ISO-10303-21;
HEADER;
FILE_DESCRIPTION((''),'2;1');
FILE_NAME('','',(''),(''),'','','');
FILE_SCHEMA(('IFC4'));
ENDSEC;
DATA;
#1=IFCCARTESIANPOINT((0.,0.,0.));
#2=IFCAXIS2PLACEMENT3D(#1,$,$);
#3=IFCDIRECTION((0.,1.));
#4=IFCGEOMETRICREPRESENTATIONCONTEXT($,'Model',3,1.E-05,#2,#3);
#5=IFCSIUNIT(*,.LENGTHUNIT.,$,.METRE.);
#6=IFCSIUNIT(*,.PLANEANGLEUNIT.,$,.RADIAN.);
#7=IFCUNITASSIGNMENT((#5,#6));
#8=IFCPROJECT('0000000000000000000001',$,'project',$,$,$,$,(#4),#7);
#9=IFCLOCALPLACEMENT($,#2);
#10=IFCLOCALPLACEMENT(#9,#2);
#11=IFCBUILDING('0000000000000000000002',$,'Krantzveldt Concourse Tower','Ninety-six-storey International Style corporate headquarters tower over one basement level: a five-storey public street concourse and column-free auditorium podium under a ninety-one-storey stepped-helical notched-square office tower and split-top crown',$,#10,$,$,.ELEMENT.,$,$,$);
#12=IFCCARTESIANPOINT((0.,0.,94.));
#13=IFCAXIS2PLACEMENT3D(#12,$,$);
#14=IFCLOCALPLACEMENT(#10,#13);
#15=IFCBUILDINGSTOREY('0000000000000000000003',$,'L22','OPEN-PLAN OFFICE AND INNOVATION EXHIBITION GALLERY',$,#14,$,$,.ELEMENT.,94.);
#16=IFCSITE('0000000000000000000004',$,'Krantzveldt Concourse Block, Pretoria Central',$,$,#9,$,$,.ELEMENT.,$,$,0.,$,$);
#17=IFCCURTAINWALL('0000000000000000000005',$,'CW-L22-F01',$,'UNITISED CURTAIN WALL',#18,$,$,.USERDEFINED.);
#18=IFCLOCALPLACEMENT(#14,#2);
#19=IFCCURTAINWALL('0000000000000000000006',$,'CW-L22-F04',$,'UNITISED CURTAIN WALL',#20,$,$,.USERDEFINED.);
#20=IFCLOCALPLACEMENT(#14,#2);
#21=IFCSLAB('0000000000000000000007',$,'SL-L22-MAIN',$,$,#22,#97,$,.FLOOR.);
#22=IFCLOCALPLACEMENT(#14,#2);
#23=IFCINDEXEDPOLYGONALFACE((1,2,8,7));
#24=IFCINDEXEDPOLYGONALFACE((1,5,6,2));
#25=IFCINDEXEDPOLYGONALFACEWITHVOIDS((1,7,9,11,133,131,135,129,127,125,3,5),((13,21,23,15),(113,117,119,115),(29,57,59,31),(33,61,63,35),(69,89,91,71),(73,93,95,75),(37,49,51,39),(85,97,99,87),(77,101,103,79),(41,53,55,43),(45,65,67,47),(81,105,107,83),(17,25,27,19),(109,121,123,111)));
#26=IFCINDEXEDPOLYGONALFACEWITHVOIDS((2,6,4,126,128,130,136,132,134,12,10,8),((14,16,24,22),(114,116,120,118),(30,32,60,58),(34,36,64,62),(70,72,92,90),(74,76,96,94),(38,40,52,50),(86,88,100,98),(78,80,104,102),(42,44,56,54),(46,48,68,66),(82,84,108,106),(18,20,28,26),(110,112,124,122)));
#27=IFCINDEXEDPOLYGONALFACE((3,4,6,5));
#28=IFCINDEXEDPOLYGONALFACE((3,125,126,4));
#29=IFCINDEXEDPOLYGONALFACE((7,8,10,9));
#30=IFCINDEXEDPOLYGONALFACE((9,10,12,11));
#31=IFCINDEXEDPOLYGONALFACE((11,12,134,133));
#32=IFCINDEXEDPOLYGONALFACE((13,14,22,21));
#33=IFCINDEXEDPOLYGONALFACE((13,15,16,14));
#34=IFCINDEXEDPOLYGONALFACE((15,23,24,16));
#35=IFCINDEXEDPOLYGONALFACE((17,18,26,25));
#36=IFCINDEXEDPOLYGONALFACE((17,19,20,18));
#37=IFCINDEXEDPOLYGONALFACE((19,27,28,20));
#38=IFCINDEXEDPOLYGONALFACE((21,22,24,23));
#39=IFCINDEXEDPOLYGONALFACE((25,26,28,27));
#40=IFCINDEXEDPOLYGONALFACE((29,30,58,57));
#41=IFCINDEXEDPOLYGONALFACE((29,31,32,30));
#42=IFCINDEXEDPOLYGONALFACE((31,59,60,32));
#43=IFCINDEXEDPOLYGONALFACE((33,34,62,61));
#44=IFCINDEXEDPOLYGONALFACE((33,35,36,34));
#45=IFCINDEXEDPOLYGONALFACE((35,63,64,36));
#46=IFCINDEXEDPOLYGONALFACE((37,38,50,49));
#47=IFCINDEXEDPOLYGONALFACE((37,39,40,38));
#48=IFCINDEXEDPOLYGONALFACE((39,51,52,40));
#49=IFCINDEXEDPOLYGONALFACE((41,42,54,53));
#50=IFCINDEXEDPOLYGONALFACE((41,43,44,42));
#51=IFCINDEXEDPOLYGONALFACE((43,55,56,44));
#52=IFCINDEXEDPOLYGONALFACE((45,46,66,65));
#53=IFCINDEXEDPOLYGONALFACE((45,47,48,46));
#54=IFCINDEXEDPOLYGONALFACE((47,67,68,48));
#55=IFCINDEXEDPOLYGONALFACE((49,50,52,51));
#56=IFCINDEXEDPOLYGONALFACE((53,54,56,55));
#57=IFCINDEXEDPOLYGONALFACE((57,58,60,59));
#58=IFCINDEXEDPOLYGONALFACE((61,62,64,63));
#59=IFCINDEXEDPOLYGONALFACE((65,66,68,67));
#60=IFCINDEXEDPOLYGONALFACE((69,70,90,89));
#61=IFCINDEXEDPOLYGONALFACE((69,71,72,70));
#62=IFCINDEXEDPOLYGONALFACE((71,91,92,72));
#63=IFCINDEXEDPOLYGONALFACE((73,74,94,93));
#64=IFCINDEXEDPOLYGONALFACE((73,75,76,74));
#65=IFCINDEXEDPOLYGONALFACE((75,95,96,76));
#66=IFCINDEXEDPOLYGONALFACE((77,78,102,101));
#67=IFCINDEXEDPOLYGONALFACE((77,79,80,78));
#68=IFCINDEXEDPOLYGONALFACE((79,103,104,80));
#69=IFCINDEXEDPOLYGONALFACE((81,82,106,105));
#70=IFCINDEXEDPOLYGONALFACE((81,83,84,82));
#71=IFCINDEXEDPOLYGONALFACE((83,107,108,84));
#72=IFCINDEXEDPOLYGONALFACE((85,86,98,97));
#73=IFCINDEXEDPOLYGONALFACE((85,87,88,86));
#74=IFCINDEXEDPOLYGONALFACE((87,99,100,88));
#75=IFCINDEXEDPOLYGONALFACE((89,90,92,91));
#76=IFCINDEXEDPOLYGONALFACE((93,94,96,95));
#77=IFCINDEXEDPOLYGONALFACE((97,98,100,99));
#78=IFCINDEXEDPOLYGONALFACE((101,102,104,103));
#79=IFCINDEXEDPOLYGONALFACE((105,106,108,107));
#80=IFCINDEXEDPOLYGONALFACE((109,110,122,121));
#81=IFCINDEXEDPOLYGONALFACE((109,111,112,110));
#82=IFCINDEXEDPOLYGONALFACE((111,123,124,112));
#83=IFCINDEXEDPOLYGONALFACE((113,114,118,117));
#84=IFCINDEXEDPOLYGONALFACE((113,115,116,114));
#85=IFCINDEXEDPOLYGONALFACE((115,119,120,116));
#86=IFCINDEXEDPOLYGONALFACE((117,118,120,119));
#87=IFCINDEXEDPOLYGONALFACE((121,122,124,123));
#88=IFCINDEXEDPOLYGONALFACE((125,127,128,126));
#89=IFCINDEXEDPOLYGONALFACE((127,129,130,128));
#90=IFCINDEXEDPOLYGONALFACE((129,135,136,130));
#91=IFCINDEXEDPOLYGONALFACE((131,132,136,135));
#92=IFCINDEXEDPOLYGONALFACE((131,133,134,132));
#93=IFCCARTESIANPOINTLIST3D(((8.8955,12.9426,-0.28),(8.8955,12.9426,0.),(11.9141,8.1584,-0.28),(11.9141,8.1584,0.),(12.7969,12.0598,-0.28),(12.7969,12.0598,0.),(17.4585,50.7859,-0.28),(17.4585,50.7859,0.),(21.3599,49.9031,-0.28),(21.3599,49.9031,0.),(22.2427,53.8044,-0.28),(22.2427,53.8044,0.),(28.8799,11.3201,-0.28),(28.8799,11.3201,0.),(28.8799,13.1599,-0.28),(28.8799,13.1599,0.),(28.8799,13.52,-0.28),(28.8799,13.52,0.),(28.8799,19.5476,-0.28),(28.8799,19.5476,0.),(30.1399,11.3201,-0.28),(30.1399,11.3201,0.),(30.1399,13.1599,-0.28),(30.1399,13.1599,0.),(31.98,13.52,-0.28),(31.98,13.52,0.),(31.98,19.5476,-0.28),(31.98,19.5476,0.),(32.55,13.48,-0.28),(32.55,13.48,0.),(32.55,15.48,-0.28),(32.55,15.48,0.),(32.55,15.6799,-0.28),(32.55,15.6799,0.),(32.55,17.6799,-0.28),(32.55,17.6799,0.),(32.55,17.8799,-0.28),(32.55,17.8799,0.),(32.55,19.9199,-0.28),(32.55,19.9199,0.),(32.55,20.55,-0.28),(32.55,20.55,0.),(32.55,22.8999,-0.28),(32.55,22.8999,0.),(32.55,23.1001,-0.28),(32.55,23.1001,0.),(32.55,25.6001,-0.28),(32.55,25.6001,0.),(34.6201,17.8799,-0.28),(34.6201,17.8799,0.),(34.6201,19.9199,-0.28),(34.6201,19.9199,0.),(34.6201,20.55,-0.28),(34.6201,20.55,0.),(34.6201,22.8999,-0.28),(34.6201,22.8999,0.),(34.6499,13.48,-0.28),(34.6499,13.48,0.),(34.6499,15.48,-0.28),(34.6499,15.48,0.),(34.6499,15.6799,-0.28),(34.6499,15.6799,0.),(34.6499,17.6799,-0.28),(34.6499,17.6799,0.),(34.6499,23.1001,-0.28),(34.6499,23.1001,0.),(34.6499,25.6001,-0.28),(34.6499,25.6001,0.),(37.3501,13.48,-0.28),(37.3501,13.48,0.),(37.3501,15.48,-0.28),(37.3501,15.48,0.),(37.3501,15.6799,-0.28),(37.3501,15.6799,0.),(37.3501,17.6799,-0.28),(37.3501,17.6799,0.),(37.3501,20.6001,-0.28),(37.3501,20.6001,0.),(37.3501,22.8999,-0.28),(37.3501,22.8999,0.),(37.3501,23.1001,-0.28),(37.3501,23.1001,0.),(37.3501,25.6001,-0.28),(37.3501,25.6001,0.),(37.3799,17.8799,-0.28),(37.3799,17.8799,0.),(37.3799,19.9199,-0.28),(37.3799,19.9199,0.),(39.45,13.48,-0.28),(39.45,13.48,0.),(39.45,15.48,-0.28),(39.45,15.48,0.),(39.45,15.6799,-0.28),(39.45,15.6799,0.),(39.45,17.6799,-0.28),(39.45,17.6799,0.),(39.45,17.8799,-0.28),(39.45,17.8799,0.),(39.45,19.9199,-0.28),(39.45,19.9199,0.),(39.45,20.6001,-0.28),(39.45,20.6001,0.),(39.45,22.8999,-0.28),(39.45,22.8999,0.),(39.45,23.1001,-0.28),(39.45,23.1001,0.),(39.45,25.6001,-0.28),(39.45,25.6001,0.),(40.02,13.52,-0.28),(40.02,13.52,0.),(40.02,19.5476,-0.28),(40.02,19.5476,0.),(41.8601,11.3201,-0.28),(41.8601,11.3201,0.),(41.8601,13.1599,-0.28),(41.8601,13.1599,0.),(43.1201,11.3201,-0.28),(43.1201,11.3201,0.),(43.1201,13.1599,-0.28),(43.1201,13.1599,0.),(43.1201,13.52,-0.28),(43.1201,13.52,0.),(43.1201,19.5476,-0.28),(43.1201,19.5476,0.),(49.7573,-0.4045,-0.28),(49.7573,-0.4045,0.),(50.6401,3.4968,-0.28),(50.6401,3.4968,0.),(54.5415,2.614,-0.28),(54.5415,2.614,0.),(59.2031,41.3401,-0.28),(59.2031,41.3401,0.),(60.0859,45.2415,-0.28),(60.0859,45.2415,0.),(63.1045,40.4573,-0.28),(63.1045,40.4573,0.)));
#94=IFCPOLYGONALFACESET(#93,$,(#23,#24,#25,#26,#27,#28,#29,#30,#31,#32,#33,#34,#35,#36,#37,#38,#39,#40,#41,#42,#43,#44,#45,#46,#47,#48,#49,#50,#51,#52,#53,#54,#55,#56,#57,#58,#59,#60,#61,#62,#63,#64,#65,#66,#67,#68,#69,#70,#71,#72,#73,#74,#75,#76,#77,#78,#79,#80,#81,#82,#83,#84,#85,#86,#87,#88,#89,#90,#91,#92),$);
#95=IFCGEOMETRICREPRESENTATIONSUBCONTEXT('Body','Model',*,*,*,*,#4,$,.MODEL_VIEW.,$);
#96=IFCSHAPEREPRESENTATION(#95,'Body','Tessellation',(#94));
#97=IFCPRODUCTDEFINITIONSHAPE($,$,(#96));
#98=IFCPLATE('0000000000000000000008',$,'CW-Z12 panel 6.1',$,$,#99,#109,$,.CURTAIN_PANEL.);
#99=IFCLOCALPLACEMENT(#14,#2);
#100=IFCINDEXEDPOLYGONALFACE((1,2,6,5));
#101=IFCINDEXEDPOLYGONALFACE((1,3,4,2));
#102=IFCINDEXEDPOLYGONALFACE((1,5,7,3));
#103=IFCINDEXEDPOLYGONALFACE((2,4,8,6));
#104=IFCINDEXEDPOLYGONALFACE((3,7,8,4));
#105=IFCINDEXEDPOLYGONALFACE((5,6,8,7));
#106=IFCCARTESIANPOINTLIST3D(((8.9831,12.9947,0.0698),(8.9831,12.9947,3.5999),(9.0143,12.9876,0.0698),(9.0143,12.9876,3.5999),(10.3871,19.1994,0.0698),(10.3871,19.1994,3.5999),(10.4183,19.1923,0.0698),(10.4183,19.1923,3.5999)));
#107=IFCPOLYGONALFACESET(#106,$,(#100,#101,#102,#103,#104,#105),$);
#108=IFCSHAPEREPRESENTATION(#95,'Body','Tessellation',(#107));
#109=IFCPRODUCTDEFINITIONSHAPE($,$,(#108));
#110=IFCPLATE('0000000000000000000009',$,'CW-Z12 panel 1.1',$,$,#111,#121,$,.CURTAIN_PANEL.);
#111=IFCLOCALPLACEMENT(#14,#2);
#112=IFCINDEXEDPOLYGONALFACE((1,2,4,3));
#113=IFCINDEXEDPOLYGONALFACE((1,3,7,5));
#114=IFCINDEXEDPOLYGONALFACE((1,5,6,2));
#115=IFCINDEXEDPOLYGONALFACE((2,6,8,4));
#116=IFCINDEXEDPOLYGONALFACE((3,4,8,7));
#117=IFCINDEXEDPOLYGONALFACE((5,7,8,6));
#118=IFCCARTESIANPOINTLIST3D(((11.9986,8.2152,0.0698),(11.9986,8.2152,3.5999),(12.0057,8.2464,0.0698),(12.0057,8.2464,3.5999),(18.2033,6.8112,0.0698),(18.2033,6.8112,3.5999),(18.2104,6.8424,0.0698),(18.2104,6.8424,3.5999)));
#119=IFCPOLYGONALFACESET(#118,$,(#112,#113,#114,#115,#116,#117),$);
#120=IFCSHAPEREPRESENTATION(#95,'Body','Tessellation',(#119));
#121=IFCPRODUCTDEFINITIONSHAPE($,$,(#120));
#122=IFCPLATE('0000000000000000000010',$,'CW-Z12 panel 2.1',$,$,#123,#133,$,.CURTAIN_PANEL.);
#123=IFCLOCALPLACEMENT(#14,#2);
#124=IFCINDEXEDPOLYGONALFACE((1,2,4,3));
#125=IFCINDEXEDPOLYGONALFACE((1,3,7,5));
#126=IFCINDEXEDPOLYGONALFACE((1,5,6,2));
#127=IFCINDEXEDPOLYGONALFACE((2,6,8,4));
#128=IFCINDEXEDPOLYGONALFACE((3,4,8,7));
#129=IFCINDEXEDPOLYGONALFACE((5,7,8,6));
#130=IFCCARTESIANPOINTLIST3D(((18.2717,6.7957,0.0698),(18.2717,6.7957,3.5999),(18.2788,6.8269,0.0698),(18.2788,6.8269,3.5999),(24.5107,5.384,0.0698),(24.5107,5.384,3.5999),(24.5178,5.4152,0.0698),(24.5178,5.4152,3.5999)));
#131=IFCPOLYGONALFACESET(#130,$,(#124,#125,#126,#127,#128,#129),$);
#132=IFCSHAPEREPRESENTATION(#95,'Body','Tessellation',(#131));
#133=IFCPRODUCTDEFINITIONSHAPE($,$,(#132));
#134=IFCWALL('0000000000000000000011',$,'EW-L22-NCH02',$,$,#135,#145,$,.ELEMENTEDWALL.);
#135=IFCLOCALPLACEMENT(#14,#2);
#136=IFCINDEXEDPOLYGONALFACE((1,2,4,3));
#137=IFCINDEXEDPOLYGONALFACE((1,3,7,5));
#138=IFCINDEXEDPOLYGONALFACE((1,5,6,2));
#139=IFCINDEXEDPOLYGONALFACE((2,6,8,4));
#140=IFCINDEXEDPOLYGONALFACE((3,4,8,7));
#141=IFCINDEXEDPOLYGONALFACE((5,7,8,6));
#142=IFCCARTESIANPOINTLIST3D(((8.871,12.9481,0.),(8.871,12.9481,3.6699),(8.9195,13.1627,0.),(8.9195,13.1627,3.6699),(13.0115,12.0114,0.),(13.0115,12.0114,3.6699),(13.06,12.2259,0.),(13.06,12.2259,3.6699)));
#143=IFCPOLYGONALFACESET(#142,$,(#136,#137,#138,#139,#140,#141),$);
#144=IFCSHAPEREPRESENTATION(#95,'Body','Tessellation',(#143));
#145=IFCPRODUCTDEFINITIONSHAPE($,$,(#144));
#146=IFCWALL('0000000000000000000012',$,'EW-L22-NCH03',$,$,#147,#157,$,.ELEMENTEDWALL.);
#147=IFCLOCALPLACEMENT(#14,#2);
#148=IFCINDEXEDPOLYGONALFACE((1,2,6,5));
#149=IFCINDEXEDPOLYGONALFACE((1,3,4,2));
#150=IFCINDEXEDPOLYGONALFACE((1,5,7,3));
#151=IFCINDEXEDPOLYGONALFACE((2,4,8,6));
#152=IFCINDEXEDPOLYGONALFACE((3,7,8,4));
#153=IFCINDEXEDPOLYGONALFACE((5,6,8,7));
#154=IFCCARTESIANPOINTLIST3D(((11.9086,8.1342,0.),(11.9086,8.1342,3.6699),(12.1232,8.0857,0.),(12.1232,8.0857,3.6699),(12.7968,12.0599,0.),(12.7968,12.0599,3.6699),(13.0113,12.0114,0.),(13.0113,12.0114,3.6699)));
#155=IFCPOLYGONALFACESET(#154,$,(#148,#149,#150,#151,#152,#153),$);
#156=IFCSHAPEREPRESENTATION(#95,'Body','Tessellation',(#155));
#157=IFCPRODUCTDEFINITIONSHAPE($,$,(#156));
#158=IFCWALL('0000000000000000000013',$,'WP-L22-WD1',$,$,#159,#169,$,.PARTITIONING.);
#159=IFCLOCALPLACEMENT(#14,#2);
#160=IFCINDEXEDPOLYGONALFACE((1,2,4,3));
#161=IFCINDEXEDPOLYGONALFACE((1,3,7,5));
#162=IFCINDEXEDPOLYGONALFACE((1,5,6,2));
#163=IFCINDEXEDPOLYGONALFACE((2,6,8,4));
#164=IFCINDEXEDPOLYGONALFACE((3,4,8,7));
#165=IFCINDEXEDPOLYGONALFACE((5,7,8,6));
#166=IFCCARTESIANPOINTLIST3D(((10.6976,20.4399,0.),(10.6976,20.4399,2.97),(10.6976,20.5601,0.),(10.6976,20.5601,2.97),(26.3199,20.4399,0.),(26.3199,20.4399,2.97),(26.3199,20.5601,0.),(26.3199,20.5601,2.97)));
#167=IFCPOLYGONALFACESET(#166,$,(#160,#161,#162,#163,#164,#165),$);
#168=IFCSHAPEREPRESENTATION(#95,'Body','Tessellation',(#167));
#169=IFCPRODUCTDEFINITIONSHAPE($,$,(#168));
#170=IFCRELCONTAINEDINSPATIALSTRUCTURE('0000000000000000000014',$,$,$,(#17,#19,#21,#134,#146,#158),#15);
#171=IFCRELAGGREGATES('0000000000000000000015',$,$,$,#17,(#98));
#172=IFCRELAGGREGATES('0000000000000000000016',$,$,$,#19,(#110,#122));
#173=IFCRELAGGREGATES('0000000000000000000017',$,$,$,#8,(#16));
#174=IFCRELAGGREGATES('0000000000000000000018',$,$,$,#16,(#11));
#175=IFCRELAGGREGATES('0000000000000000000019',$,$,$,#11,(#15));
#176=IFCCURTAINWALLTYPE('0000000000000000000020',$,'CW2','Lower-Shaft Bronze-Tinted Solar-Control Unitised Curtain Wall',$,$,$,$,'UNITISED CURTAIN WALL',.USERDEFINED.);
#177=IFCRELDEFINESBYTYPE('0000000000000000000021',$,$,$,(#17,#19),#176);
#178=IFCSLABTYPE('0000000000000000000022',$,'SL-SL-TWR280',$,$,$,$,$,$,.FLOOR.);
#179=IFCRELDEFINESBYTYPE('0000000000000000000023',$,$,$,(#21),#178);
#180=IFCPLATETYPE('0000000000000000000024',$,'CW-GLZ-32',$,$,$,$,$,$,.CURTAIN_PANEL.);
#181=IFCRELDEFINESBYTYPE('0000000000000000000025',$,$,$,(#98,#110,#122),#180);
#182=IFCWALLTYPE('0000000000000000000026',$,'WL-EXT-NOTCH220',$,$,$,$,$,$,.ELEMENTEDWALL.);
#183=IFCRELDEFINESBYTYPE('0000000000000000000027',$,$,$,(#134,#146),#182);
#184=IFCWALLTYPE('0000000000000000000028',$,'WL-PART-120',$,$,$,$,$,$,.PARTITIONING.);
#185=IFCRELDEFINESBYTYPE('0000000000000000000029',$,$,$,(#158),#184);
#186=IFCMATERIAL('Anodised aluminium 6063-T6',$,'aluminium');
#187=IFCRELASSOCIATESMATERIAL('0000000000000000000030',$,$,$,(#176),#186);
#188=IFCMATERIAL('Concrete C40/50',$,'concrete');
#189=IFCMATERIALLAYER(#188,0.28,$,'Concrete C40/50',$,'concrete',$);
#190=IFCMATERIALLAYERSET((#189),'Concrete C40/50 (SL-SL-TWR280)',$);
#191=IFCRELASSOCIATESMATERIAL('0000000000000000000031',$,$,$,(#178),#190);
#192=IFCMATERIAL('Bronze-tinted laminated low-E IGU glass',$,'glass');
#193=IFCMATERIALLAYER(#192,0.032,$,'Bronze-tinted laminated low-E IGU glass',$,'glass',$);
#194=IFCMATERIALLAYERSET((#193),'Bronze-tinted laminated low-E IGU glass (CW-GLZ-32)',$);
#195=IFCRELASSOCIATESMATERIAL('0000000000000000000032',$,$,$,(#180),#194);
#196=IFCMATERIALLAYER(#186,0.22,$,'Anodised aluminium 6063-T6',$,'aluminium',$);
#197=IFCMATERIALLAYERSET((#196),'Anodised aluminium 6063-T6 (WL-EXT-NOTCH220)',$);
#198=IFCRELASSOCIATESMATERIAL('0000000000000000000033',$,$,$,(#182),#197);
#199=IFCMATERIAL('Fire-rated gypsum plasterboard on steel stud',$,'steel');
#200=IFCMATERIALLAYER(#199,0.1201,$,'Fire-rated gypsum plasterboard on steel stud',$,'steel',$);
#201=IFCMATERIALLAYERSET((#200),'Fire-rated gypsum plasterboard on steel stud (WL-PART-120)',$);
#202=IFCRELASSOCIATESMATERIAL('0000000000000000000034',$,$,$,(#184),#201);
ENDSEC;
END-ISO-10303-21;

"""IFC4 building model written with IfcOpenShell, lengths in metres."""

from ifc_helpers import new_model, si_unit, direction, frame, frame_2d, origin, origin_2d, place, context, subcontext, project, spatial, polyline, rectangle, outline, extrude, source, transform, mapped, material, layer, layer_set, type_object, type_shapes, element, aggregate, save


model = new_model("IFC4")

# Units and contexts
model_context = context("Model", 3, precision=1e-05, world=origin(), true_north=direction((0.0, 1.0)))
body_context = subcontext(model_context, "Body", "Model", "MODEL_VIEW")
ifc_project = project(units=[si_unit("LENGTHUNIT", "METRE"), si_unit("PLANEANGLEUNIT", "RADIAN")], contexts=[model_context])

# Site, building, storey
site_placement = place(None, origin())
site = spatial("IfcSite", under=ifc_project, at=site_placement, Name="Krantzveldt Concourse Block, Pretoria Central", CompositionType="ELEMENT", RefElevation=0.0)
building_placement = place(site_placement, origin())
building = spatial("IfcBuilding", under=site, at=building_placement, Name="Krantzveldt Concourse Tower", Description="Ninety-six-storey International Style corporate headquarters tower over one basement level: a five-storey public street concourse and column-free auditorium podium under a ninety-one-storey stepped-helical notched-square office tower and split-top crown", CompositionType="ELEMENT")
storey_placement = place(building_placement, frame((0.0, 0.0, 94.0)))
storey = spatial("IfcBuildingStorey", under=building, at=storey_placement, Name="L22", Description="OPEN-PLAN OFFICE AND INNOVATION EXHIBITION GALLERY", CompositionType="ELEMENT", Elevation=94.0)

# Curtain walls
ifc_material_1 = material(Name="Anodised aluminium 6063-T6", Category="aluminium")
curtain_wall_type = type_object("IfcCurtainWallType", Name="CW2", Description="Lower-Shaft Bronze-Tinted Solar-Control Unitised Curtain Wall", ElementType="UNITISED CURTAIN WALL", PredefinedType="USERDEFINED", material=ifc_material_1)
curtain_wall_1_placement = place(storey_placement, origin())
curtain_wall_1 = element("IfcCurtainWall", 1, at=curtain_wall_1_placement, inside=storey, type_object=curtain_wall_type, Name="CW-L22-F01", ObjectType="UNITISED CURTAIN WALL", PredefinedType="USERDEFINED")
curtain_wall_2_placement = place(storey_placement, origin())
curtain_wall_2 = element("IfcCurtainWall", 2, at=curtain_wall_2_placement, inside=storey, type_object=curtain_wall_type, Name="CW-L22-F04", ObjectType="UNITISED CURTAIN WALL", PredefinedType="USERDEFINED")

# Slab
ifc_material_2 = material(Name="Concrete C40/50", Category="concrete")
ifc_layer_1 = layer(ifc_material_2, 0.28, Name="Concrete C40/50", Category="concrete")
ifc_layer_set_1 = layer_set([ifc_layer_1], Name="Concrete C40/50 (SL-SL-TWR280)")
slab_type_1 = type_object("IfcSlabType", Name="SL-SL-TWR280", PredefinedType="FLOOR", material=ifc_layer_set_1)
slab_1_placement = place(storey_placement, frame((0.0, 0.0, -0.28)))
element("IfcSlab", 3, at=slab_1_placement, inside=storey, type_object=slab_type_1, Name="SL-L22-MAIN", PredefinedType="FLOOR", context=body_context, shape_type="SweptSolid", body=[
    extrude(outline(polyline([(21.3599, 49.9031), (17.4585, 50.7859), (8.8955, 12.9426), (12.7969, 12.0598), (11.9141, 8.1584), (49.7573, -0.4045), (50.6401, 3.4968), (54.5415, 2.614), (63.1045, 40.4573), (59.2031, 41.3401), (60.0859, 45.2415), (22.2427, 53.8044), (21.3599, 49.9031)]), holes=[polyline([(28.8799, 19.5476), (28.8799, 13.52), (31.98, 13.52), (31.98, 19.5476), (28.8799, 19.5476)]), polyline([(40.02, 19.5476), (40.02, 13.52), (43.1201, 13.52), (43.1201, 19.5476), (40.02, 19.5476)]), polyline([(32.55, 23.1001), (34.6499, 23.1001), (34.6499, 25.6001), (32.55, 25.6001), (32.55, 23.1001)]), polyline([(37.3501, 23.1001), (39.45, 23.1001), (39.45, 25.6001), (37.3501, 25.6001), (37.3501, 23.1001)]), polyline([(37.3501, 20.6001), (39.45, 20.6001), (39.45, 22.8999), (37.3501, 22.8999), (37.3501, 20.6001)]), polyline([(32.55, 13.48), (34.6499, 13.48), (34.6499, 15.48), (32.55, 15.48), (32.55, 13.48)]), polyline([(32.55, 15.6799), (34.6499, 15.6799), (34.6499, 17.6799), (32.55, 17.6799), (32.55, 15.6799)]), polyline([(37.3501, 13.48), (39.45, 13.48), (39.45, 15.48), (37.3501, 15.48), (37.3501, 13.48)]), polyline([(37.3501, 15.6799), (39.45, 15.6799), (39.45, 17.6799), (37.3501, 17.6799), (37.3501, 15.6799)]), polyline([(32.55, 20.55), (34.6201, 20.55), (34.6201, 22.8999), (32.55, 22.8999), (32.55, 20.55)]), polyline([(32.55, 17.8799), (34.6201, 17.8799), (34.6201, 19.9199), (32.55, 19.9199), (32.55, 17.8799)]), polyline([(37.3799, 17.8799), (39.45, 17.8799), (39.45, 19.9199), (37.3799, 19.9199), (37.3799, 17.8799)]), polyline([(28.8799, 11.3201), (30.1399, 11.3201), (30.1399, 13.1599), (28.8799, 13.1599), (28.8799, 11.3201)]), polyline([(41.8601, 11.3201), (43.1201, 11.3201), (43.1201, 13.1599), (41.8601, 13.1599), (41.8601, 11.3201)])]), origin(), (0.0, 0.0, 1.0), 0.28),
])

# Plates
ifc_material_3 = material(Name="Bronze-tinted laminated low-E IGU glass", Category="glass")
ifc_layer_2 = layer(ifc_material_3, 0.032, Name="Bronze-tinted laminated low-E IGU glass", Category="glass")
ifc_layer_set_2 = layer_set([ifc_layer_2], Name="Bronze-tinted laminated low-E IGU glass (CW-GLZ-32)")
plate_type = type_object("IfcPlateType", Name="CW-GLZ-32", PredefinedType="CURTAIN_PANEL", material=ifc_layer_set_2)
shared_shape_1 = source(origin(), body_context, "Body", "SweptSolid", [
    extrude(rectangle(XDim=6.3616, YDim=0.032, at=origin_2d()), origin(), (0.0, 0.0, 1.0), 3.53),
])
plate_1_placement = place(storey_placement, frame((9.7007, 16.0935, 0.0698), z_axis=(0.0, 0.0, 1.0), x_axis=(-0.220697, -0.975342, 0.0)))
plate_1 = element("IfcPlate", 4, at=plate_1_placement, type_object=plate_type, Name="CW-Z12 panel 6.1", PredefinedType="CURTAIN_PANEL", context=body_context, shape_type="MappedRepresentation", body=[
    mapped(shared_shape_1, transform((0.0, 0.0, 0.0), x_axis=(1.0, 0.0, 0.0), y_axis=(0.0, 1.0, 0.0), z_axis=(0.0, 0.0, 1.0), scale=1.0)),
])
aggregate(curtain_wall_1, [plate_1])
plate_2_placement = place(storey_placement, frame((15.1045, 7.5288, 0.0698), z_axis=(0.0, 0.0, 1.0), x_axis=(0.975342, -0.220697, 0.0)))
plate_2 = element("IfcPlate", 5, at=plate_2_placement, type_object=plate_type, Name="CW-Z12 panel 1.1", PredefinedType="CURTAIN_PANEL", context=body_context, shape_type="MappedRepresentation", body=[
    mapped(shared_shape_1, transform((0.0, 0.0, 0.0), x_axis=(1.0, 0.0, 0.0), y_axis=(0.0, 1.0, 0.0), z_axis=(0.0, 0.0, 1.0), scale=1.0)),
])
shared_shape_2 = source(origin(), body_context, "Body", "SweptSolid", [
    extrude(rectangle(XDim=6.3967, YDim=0.032, at=origin_2d()), origin(), (0.0, 0.0, 1.0), 3.53),
])
type_shapes(plate_type, [shared_shape_1, shared_shape_2])
plate_3_placement = place(storey_placement, frame((21.3948, 6.1055, 0.0698), z_axis=(0.0, 0.0, 1.0), x_axis=(0.975342, -0.220697, 0.0)))
plate_3 = element("IfcPlate", 6, at=plate_3_placement, type_object=plate_type, Name="CW-Z12 panel 2.1", PredefinedType="CURTAIN_PANEL", context=body_context, shape_type="MappedRepresentation", body=[
    mapped(shared_shape_2, transform((0.0, 0.0, 0.0), x_axis=(1.0, 0.0, 0.0), y_axis=(0.0, 1.0, 0.0), z_axis=(0.0, 0.0, 1.0), scale=1.0)),
])
aggregate(curtain_wall_2, [plate_2, plate_3])

# Walls
ifc_layer_3 = layer(ifc_material_1, 0.22, Name="Anodised aluminium 6063-T6", Category="aluminium")
ifc_layer_set_3 = layer_set([ifc_layer_3], Name="Anodised aluminium 6063-T6 (WL-EXT-NOTCH220)")
wall_type_1 = type_object("IfcWallType", Name="WL-EXT-NOTCH220", PredefinedType="ELEMENTEDWALL", material=ifc_layer_set_3)
wall_1_placement = place(storey_placement, frame((8.8953, 13.0554, 0.0), z_axis=(0.0, 0.0, 1.0), x_axis=(0.975348, -0.220674, 0.0)))
element("IfcWall", 7, at=wall_1_placement, inside=storey, type_object=wall_type_1, Name="EW-L22-NCH02", PredefinedType="ELEMENTEDWALL", context=body_context, shape_type="SweptSolid", body=[
    extrude(rectangle(XDim=4.2451, YDim=0.22, at=frame_2d((2.1226, 0.0))), origin(), (0.0, 0.0, 1.0), 3.6699),
])
wall_2_placement = place(storey_placement, frame((12.9041, 12.0356, 0.0), z_axis=(0.0, 0.0, 1.0), x_axis=(-0.220667, -0.975349, 0.0)))
element("IfcWall", 8, at=wall_2_placement, inside=storey, type_object=wall_type_1, Name="EW-L22-NCH03", PredefinedType="ELEMENTEDWALL", context=body_context, shape_type="SweptSolid", body=[
    extrude(rectangle(XDim=4.0249, YDim=0.22, at=frame_2d((2.0125, 0.0))), origin(), (0.0, 0.0, 1.0), 3.6699),
])
ifc_material_4 = material(Name="Fire-rated gypsum plasterboard on steel stud", Category="steel")
ifc_layer_4 = layer(ifc_material_4, 0.1201, Name="Fire-rated gypsum plasterboard on steel stud", Category="steel")
ifc_layer_set_4 = layer_set([ifc_layer_4], Name="Fire-rated gypsum plasterboard on steel stud (WL-PART-120)")
wall_type_2 = type_object("IfcWallType", Name="WL-PART-120", PredefinedType="PARTITIONING", material=ifc_layer_set_4)
wall_3_placement = place(storey_placement, frame((10.6978, 20.5, 0.0), z_axis=(0.0, 0.0, 1.0), x_axis=(1.0, 0.0, 0.0)))
element("IfcWall", 9, at=wall_3_placement, inside=storey, type_object=wall_type_2, Name="WP-L22-WD1", PredefinedType="PARTITIONING", context=body_context, shape_type="SweptSolid", body=[
    extrude(rectangle(XDim=15.6223, YDim=0.1201, at=frame_2d((7.811, 0.0))), origin(), (0.0, 0.0, 1.0), 2.97),
])

save(model, "model.ifc")
